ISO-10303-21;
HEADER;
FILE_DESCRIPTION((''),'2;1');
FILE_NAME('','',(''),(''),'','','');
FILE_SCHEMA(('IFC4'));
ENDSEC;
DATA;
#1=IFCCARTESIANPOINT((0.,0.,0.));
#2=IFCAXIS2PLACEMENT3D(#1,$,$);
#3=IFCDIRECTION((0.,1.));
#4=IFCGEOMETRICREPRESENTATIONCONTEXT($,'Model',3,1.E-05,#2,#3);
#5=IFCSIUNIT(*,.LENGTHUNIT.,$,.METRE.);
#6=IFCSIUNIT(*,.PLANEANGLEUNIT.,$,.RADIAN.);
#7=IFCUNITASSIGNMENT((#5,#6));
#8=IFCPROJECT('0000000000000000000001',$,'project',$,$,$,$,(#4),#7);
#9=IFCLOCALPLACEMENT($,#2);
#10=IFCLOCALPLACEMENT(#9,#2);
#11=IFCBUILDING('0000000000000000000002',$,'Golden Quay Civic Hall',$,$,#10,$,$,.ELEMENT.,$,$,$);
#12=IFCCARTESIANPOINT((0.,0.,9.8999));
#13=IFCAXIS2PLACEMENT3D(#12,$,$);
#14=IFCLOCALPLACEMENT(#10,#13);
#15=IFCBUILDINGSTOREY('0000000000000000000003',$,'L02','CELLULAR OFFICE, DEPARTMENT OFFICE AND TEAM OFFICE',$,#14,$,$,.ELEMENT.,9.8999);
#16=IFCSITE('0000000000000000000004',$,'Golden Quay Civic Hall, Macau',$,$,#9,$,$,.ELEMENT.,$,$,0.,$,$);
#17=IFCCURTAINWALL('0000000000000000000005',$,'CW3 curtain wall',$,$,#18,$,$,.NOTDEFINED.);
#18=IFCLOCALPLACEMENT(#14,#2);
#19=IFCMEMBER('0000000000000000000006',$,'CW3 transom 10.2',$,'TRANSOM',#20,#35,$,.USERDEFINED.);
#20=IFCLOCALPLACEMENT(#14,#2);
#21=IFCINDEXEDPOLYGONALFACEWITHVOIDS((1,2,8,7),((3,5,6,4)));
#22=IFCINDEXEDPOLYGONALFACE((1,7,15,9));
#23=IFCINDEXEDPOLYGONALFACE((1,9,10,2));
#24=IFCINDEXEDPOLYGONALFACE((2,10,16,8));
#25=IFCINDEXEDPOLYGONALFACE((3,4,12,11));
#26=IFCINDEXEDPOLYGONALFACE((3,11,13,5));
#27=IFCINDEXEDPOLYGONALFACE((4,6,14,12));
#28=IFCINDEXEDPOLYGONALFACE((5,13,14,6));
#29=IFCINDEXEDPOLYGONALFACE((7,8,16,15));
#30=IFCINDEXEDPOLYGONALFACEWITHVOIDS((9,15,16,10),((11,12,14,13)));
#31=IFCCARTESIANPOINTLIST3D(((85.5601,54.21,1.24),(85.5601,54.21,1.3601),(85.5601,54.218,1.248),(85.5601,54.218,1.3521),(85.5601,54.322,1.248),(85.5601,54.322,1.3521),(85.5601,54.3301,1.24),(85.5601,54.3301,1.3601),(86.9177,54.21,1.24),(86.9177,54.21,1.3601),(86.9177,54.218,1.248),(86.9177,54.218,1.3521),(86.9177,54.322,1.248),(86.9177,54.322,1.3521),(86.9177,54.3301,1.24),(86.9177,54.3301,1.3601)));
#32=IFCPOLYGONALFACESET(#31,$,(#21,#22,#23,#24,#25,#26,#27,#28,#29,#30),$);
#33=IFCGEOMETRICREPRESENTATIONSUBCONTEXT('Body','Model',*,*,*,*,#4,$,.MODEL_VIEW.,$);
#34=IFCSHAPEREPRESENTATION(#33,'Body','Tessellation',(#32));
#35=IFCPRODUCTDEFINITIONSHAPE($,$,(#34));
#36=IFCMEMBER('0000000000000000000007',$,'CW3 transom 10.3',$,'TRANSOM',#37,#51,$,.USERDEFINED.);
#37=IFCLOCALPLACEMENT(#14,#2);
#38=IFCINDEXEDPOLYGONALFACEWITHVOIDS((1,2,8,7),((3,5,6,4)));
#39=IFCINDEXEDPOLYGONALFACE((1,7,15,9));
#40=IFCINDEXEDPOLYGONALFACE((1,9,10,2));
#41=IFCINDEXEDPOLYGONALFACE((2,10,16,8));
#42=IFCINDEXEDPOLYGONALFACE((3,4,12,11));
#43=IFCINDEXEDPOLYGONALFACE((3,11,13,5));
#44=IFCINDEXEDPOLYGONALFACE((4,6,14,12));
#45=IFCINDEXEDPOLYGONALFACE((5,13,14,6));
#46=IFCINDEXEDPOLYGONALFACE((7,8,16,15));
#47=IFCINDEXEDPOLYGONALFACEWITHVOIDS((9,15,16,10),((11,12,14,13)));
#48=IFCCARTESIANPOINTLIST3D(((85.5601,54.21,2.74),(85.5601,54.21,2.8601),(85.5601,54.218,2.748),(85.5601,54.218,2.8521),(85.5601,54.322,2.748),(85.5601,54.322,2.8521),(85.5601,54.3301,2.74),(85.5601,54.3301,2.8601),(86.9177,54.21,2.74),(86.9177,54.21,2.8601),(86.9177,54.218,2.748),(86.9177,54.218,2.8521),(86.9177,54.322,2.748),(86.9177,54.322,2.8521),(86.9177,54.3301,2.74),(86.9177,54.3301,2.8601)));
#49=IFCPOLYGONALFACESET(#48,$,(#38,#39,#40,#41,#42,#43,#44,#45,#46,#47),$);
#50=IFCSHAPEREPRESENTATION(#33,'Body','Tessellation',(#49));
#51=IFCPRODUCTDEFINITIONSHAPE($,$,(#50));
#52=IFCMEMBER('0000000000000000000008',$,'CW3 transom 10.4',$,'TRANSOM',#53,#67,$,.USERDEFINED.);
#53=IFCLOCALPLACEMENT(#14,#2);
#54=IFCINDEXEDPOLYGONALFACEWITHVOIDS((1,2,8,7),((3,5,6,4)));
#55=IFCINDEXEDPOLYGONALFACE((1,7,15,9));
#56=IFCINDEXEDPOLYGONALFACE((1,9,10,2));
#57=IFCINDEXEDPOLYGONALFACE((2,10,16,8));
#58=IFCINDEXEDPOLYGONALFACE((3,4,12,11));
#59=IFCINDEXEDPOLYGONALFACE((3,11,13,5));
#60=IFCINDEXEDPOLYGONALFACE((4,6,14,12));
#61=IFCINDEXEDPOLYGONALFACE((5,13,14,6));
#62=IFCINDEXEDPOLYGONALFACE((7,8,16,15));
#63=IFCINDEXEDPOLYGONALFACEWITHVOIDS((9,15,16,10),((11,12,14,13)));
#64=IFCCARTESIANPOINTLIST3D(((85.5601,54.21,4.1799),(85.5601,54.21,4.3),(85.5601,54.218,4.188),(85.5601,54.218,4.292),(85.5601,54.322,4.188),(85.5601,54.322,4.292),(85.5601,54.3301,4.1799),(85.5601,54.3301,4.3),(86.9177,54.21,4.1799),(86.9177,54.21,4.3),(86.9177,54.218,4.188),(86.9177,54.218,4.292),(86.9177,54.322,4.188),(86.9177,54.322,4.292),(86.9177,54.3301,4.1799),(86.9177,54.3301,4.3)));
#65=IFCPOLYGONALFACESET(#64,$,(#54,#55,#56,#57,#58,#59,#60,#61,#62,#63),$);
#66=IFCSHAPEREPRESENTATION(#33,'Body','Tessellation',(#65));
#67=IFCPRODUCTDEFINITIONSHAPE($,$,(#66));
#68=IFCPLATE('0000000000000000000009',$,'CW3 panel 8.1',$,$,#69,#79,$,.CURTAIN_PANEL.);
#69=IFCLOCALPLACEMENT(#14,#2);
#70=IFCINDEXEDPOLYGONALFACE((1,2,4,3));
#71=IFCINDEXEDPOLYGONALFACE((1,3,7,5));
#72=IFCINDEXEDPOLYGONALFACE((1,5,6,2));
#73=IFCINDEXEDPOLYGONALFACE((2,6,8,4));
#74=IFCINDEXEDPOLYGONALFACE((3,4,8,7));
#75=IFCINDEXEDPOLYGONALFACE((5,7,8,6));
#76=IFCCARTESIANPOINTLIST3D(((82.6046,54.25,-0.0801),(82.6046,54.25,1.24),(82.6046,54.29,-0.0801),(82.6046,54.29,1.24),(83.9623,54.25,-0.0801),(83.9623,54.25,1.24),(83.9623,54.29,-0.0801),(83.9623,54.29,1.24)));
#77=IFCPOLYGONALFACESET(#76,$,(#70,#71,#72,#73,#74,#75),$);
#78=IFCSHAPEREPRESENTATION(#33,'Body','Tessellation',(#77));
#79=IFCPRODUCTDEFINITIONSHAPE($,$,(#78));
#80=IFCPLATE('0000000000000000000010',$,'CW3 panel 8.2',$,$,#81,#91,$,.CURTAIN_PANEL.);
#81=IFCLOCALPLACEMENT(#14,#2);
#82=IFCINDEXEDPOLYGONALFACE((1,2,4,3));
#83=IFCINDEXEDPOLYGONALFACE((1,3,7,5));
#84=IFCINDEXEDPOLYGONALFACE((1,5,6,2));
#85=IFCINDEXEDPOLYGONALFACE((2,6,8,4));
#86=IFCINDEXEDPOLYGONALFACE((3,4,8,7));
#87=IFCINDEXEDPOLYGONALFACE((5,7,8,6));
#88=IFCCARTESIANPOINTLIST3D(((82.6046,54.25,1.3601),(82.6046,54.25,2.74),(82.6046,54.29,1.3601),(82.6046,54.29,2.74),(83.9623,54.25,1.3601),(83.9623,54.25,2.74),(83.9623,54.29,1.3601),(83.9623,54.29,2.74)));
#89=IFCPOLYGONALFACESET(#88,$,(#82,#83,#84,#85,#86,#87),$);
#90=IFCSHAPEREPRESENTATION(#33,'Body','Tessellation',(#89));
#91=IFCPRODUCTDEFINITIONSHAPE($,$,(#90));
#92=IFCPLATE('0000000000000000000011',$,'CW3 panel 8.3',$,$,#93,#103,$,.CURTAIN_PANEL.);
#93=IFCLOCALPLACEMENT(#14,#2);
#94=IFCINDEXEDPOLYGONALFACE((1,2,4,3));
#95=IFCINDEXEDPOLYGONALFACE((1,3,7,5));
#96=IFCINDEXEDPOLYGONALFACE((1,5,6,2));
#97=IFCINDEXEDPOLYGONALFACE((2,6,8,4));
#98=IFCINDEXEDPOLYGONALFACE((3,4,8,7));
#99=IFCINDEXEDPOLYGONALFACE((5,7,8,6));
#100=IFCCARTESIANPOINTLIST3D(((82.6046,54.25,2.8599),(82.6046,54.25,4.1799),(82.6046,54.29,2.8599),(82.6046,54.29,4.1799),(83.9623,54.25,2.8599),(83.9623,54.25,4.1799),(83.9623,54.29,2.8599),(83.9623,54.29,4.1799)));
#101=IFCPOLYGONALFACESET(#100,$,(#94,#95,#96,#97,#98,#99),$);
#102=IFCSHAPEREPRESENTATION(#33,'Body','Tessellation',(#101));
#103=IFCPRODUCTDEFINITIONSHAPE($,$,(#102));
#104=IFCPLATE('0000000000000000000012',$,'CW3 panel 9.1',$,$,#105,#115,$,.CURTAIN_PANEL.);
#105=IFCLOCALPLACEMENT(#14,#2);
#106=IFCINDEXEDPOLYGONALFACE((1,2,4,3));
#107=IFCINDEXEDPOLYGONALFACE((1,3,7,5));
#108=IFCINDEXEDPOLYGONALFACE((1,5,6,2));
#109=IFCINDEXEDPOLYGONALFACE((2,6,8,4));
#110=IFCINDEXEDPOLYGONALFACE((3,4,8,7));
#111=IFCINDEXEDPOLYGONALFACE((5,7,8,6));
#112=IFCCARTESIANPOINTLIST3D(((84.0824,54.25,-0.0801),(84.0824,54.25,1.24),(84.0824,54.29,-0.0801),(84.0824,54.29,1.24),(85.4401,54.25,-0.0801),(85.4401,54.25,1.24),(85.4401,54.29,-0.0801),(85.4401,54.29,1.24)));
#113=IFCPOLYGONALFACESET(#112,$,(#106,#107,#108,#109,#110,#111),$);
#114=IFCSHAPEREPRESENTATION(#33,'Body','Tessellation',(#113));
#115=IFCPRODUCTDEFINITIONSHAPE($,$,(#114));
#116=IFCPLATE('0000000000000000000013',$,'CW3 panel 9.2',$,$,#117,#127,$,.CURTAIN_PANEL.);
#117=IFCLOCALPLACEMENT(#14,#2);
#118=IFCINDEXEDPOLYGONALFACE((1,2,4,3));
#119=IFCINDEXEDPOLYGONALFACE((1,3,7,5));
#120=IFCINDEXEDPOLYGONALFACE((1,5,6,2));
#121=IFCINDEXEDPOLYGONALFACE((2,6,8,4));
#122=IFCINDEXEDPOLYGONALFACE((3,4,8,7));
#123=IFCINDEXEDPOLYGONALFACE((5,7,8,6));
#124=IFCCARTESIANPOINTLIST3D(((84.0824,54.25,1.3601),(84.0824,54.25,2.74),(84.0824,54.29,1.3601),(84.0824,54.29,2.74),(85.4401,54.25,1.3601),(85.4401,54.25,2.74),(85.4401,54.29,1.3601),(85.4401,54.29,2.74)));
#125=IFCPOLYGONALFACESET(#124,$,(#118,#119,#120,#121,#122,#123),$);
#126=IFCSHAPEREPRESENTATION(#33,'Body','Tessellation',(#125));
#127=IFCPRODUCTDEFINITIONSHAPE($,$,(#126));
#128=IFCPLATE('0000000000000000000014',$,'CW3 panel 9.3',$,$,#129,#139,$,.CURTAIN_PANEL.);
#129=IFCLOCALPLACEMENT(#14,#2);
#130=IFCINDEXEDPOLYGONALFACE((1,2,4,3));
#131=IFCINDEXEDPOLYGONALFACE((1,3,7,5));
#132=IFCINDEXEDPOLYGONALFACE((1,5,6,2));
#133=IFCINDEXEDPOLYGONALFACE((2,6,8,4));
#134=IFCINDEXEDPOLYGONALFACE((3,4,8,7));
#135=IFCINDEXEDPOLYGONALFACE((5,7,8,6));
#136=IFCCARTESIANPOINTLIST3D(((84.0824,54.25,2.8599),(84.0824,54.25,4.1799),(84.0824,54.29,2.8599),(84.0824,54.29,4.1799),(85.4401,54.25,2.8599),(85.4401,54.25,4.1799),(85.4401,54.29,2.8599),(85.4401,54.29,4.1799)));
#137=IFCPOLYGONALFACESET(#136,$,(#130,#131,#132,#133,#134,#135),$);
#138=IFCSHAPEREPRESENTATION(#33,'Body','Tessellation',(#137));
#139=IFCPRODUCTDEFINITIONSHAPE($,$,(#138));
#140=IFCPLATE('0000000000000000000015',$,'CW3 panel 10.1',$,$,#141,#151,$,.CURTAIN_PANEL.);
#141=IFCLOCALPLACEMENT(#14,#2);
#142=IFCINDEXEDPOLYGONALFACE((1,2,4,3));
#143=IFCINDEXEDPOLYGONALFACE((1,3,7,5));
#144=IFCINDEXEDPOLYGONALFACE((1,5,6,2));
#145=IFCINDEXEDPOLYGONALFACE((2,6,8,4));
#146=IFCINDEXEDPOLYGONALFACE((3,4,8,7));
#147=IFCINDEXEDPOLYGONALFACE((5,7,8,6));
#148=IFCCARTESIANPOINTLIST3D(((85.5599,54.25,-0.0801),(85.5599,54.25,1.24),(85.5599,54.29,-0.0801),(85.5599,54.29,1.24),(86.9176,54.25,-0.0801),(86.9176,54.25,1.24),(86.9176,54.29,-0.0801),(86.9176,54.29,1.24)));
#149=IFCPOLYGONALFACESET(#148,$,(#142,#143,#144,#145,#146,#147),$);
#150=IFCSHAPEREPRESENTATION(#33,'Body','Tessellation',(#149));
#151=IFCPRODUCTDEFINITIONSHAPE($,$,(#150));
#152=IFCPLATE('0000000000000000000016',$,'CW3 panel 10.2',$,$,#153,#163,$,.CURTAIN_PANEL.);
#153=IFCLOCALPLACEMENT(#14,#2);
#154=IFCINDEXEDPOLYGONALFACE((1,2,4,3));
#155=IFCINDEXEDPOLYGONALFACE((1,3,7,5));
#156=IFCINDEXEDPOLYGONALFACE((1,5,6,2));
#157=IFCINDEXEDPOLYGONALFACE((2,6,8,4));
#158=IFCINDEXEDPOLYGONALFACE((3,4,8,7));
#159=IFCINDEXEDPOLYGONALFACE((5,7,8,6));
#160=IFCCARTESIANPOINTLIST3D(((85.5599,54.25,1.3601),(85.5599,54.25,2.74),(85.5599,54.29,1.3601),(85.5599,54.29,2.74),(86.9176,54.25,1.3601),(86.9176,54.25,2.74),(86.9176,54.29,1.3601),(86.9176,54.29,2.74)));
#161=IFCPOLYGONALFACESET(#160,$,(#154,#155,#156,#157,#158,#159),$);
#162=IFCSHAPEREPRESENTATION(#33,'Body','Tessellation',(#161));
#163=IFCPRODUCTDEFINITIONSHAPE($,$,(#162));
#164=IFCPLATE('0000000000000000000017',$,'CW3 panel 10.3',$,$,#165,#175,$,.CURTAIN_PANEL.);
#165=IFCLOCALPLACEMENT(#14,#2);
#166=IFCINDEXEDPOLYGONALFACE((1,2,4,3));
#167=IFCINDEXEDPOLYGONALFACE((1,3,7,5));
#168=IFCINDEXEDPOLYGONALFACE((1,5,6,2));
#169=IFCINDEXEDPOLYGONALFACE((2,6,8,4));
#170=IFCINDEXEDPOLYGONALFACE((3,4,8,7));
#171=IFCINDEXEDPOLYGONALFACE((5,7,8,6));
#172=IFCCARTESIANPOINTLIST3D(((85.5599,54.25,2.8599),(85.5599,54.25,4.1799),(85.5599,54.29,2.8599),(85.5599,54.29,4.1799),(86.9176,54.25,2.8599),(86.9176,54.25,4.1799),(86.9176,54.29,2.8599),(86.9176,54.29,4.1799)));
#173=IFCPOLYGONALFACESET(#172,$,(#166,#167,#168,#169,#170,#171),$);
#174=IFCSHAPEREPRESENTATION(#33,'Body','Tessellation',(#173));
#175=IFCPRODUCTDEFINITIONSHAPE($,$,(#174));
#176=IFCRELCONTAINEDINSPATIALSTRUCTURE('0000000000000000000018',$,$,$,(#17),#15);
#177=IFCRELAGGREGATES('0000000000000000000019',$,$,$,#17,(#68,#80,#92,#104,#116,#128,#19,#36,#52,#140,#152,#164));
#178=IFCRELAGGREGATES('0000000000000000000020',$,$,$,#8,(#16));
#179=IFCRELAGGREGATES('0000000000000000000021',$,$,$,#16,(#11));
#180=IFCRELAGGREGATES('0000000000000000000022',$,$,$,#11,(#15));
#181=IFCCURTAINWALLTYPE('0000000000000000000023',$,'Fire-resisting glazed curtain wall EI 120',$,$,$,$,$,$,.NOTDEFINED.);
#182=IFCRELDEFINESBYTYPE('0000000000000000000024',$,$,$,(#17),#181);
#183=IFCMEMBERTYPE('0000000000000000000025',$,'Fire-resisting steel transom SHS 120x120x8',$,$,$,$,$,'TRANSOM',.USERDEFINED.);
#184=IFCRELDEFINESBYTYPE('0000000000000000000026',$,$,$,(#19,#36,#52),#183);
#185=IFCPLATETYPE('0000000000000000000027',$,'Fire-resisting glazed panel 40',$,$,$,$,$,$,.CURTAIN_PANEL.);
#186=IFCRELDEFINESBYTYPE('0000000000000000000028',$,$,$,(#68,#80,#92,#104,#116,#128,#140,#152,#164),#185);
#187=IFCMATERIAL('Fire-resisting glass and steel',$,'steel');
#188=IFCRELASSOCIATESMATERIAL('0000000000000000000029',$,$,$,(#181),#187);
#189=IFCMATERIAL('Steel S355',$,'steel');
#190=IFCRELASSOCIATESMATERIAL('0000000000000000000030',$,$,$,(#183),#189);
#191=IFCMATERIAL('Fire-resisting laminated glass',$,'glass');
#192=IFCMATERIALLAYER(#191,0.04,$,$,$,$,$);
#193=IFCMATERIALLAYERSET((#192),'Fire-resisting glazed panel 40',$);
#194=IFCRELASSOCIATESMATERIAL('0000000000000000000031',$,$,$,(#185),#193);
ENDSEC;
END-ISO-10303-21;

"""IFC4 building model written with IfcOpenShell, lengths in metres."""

from ifc_helpers import new_model, si_unit, direction, frame, origin, origin_2d, place, context, subcontext, project, spatial, rectangle, hollow_rectangle, extrude, material, layer, layer_set, material_profile, profile_set, type_object, element, aggregate, save


model = new_model("IFC4")

# Units and contexts
model_context = context("Model", 3, precision=1e-05, world=origin(), true_north=direction((0.0, 1.0)))
body_context = subcontext(model_context, "Body", "Model", "MODEL_VIEW")
ifc_project = project(units=[si_unit("LENGTHUNIT", "METRE"), si_unit("PLANEANGLEUNIT", "RADIAN")], contexts=[model_context])

# Site, building, storey
site_placement = place(None, origin())
site = spatial("IfcSite", under=ifc_project, at=site_placement, Name="Golden Quay Civic Hall, Macau", CompositionType="ELEMENT", RefElevation=0.0)
building_placement = place(site_placement, origin())
building = spatial("IfcBuilding", under=site, at=building_placement, Name="Golden Quay Civic Hall", CompositionType="ELEMENT")
storey_placement = place(building_placement, frame((0.0, 0.0, 9.8999)))
storey = spatial("IfcBuildingStorey", under=building, at=storey_placement, Name="L02", Description="CELLULAR OFFICE, DEPARTMENT OFFICE AND TEAM OFFICE", CompositionType="ELEMENT", Elevation=9.8999)

# Curtain wall, members, plates
ifc_material_1 = material(Name="Fire-resisting glass and steel", Category="steel")
curtain_wall_type = type_object("IfcCurtainWallType", Name="Fire-resisting glazed curtain wall EI 120", PredefinedType="NOTDEFINED", material=ifc_material_1)
curtain_wall_placement = place(storey_placement, origin())
curtain_wall = element("IfcCurtainWall", 1, at=curtain_wall_placement, inside=storey, type_object=curtain_wall_type, Name="CW3 curtain wall", PredefinedType="NOTDEFINED")
ifc_material_2 = material(Name="Steel S355", Category="steel")
ifc_material_profile_1 = material_profile(ifc_material_2, hollow_rectangle(XDim=0.1201, YDim=0.1201, WallThickness=0.0081, at=origin_2d()), Name="SHS 120x120x8")
ifc_profile_set_1 = profile_set([ifc_material_profile_1], Name="Steel S355")
member_type_1 = type_object("IfcMemberType", Name="Fire-resisting steel transom SHS 120x120x8", ElementType="TRANSOM", PredefinedType="USERDEFINED", material=ifc_profile_set_1)
member_1_placement = place(storey_placement, frame((85.5601, 54.27, 1.3), z_axis=(1.0, 0.0, 0.0), x_axis=(0.0, 1.0, 0.0)))
member_1 = element("IfcMember", 2, at=member_1_placement, type_object=member_type_1, Name="CW3 transom 10.2", ObjectType="TRANSOM", PredefinedType="USERDEFINED", context=body_context, shape_type="SweptSolid", body=[
    extrude(hollow_rectangle(XDim=0.1201, YDim=0.1201, WallThickness=0.0081, at=origin_2d()), origin(), (0.0, 0.0, 1.0), 1.3577),
])
member_2_placement = place(storey_placement, frame((85.5601, 54.27, 2.8), z_axis=(1.0, 0.0, 0.0), x_axis=(0.0, 1.0, 0.0)))
member_2 = element("IfcMember", 3, at=member_2_placement, type_object=member_type_1, Name="CW3 transom 10.3", ObjectType="TRANSOM", PredefinedType="USERDEFINED", context=body_context, shape_type="SweptSolid", body=[
    extrude(hollow_rectangle(XDim=0.1201, YDim=0.1201, WallThickness=0.0081, at=origin_2d()), origin(), (0.0, 0.0, 1.0), 1.3577),
])
member_3_placement = place(storey_placement, frame((85.5601, 54.27, 4.24), z_axis=(1.0, 0.0, 0.0), x_axis=(0.0, 1.0, 0.0)))
member_3 = element("IfcMember", 4, at=member_3_placement, type_object=member_type_1, Name="CW3 transom 10.4", ObjectType="TRANSOM", PredefinedType="USERDEFINED", context=body_context, shape_type="SweptSolid", body=[
    extrude(hollow_rectangle(XDim=0.1201, YDim=0.1201, WallThickness=0.0081, at=origin_2d()), origin(), (0.0, 0.0, 1.0), 1.3577),
])
ifc_material_3 = material(Name="Fire-resisting laminated glass", Category="glass")
ifc_layer = layer(ifc_material_3, 0.04)
ifc_layer_set = layer_set([ifc_layer], Name="Fire-resisting glazed panel 40")
plate_type = type_object("IfcPlateType", Name="Fire-resisting glazed panel 40", PredefinedType="CURTAIN_PANEL", material=ifc_layer_set)
plate_1_placement = place(storey_placement, frame((83.2834, 54.27, -0.0801), z_axis=(0.0, 0.0, 1.0), x_axis=(1.0, 0.0, 0.0)))
plate_1 = element("IfcPlate", 5, at=plate_1_placement, type_object=plate_type, Name="CW3 panel 8.1", PredefinedType="CURTAIN_PANEL", context=body_context, shape_type="SweptSolid", body=[
    extrude(rectangle(XDim=1.3577, YDim=0.04, at=origin_2d()), origin(), (0.0, 0.0, 1.0), 1.3201),
])
plate_2_placement = place(storey_placement, frame((83.2834, 54.27, 1.3601), z_axis=(0.0, 0.0, 1.0), x_axis=(1.0, 0.0, 0.0)))
plate_2 = element("IfcPlate", 6, at=plate_2_placement, type_object=plate_type, Name="CW3 panel 8.2", PredefinedType="CURTAIN_PANEL", context=body_context, shape_type="SweptSolid", body=[
    extrude(rectangle(XDim=1.3577, YDim=0.04, at=origin_2d()), origin(), (0.0, 0.0, 1.0), 1.3799),
])
plate_3_placement = place(storey_placement, frame((83.2834, 54.27, 2.8599), z_axis=(0.0, 0.0, 1.0), x_axis=(1.0, 0.0, 0.0)))
plate_3 = element("IfcPlate", 7, at=plate_3_placement, type_object=plate_type, Name="CW3 panel 8.3", PredefinedType="CURTAIN_PANEL", context=body_context, shape_type="SweptSolid", body=[
    extrude(rectangle(XDim=1.3577, YDim=0.04, at=origin_2d()), origin(), (0.0, 0.0, 1.0), 1.3201),
])
plate_4_placement = place(storey_placement, frame((84.7612, 54.27, -0.0801), z_axis=(0.0, 0.0, 1.0), x_axis=(1.0, 0.0, 0.0)))
plate_4 = element("IfcPlate", 8, at=plate_4_placement, type_object=plate_type, Name="CW3 panel 9.1", PredefinedType="CURTAIN_PANEL", context=body_context, shape_type="SweptSolid", body=[
    extrude(rectangle(XDim=1.3577, YDim=0.04, at=origin_2d()), origin(), (0.0, 0.0, 1.0), 1.3201),
])
plate_5_placement = place(storey_placement, frame((84.7612, 54.27, 1.3601), z_axis=(0.0, 0.0, 1.0), x_axis=(1.0, 0.0, 0.0)))
plate_5 = element("IfcPlate", 9, at=plate_5_placement, type_object=plate_type, Name="CW3 panel 9.2", PredefinedType="CURTAIN_PANEL", context=body_context, shape_type="SweptSolid", body=[
    extrude(rectangle(XDim=1.3577, YDim=0.04, at=origin_2d()), origin(), (0.0, 0.0, 1.0), 1.3799),
])
plate_6_placement = place(storey_placement, frame((84.7612, 54.27, 2.8599), z_axis=(0.0, 0.0, 1.0), x_axis=(1.0, 0.0, 0.0)))
plate_6 = element("IfcPlate", 10, at=plate_6_placement, type_object=plate_type, Name="CW3 panel 9.3", PredefinedType="CURTAIN_PANEL", context=body_context, shape_type="SweptSolid", body=[
    extrude(rectangle(XDim=1.3577, YDim=0.04, at=origin_2d()), origin(), (0.0, 0.0, 1.0), 1.3201),
])
plate_7_placement = place(storey_placement, frame((86.2388, 54.27, -0.0801), z_axis=(0.0, 0.0, 1.0), x_axis=(1.0, 0.0, 0.0)))
plate_7 = element("IfcPlate", 11, at=plate_7_placement, type_object=plate_type, Name="CW3 panel 10.1", PredefinedType="CURTAIN_PANEL", context=body_context, shape_type="SweptSolid", body=[
    extrude(rectangle(XDim=1.3577, YDim=0.04, at=origin_2d()), origin(), (0.0, 0.0, 1.0), 1.3201),
])
plate_8_placement = place(storey_placement, frame((86.2388, 54.27, 1.3601), z_axis=(0.0, 0.0, 1.0), x_axis=(1.0, 0.0, 0.0)))
plate_8 = element("IfcPlate", 12, at=plate_8_placement, type_object=plate_type, Name="CW3 panel 10.2", PredefinedType="CURTAIN_PANEL", context=body_context, shape_type="SweptSolid", body=[
    extrude(rectangle(XDim=1.3577, YDim=0.04, at=origin_2d()), origin(), (0.0, 0.0, 1.0), 1.3799),
])
plate_9_placement = place(storey_placement, frame((86.2388, 54.27, 2.8599), z_axis=(0.0, 0.0, 1.0), x_axis=(1.0, 0.0, 0.0)))
plate_9 = element("IfcPlate", 13, at=plate_9_placement, type_object=plate_type, Name="CW3 panel 10.3", PredefinedType="CURTAIN_PANEL", context=body_context, shape_type="SweptSolid", body=[
    extrude(rectangle(XDim=1.3577, YDim=0.04, at=origin_2d()), origin(), (0.0, 0.0, 1.0), 1.3201),
])
aggregate(curtain_wall, [plate_1, plate_2, plate_3, plate_4, plate_5, plate_6, member_1, member_2, member_3, plate_7, plate_8, plate_9])

save(model, "model.ifc")
